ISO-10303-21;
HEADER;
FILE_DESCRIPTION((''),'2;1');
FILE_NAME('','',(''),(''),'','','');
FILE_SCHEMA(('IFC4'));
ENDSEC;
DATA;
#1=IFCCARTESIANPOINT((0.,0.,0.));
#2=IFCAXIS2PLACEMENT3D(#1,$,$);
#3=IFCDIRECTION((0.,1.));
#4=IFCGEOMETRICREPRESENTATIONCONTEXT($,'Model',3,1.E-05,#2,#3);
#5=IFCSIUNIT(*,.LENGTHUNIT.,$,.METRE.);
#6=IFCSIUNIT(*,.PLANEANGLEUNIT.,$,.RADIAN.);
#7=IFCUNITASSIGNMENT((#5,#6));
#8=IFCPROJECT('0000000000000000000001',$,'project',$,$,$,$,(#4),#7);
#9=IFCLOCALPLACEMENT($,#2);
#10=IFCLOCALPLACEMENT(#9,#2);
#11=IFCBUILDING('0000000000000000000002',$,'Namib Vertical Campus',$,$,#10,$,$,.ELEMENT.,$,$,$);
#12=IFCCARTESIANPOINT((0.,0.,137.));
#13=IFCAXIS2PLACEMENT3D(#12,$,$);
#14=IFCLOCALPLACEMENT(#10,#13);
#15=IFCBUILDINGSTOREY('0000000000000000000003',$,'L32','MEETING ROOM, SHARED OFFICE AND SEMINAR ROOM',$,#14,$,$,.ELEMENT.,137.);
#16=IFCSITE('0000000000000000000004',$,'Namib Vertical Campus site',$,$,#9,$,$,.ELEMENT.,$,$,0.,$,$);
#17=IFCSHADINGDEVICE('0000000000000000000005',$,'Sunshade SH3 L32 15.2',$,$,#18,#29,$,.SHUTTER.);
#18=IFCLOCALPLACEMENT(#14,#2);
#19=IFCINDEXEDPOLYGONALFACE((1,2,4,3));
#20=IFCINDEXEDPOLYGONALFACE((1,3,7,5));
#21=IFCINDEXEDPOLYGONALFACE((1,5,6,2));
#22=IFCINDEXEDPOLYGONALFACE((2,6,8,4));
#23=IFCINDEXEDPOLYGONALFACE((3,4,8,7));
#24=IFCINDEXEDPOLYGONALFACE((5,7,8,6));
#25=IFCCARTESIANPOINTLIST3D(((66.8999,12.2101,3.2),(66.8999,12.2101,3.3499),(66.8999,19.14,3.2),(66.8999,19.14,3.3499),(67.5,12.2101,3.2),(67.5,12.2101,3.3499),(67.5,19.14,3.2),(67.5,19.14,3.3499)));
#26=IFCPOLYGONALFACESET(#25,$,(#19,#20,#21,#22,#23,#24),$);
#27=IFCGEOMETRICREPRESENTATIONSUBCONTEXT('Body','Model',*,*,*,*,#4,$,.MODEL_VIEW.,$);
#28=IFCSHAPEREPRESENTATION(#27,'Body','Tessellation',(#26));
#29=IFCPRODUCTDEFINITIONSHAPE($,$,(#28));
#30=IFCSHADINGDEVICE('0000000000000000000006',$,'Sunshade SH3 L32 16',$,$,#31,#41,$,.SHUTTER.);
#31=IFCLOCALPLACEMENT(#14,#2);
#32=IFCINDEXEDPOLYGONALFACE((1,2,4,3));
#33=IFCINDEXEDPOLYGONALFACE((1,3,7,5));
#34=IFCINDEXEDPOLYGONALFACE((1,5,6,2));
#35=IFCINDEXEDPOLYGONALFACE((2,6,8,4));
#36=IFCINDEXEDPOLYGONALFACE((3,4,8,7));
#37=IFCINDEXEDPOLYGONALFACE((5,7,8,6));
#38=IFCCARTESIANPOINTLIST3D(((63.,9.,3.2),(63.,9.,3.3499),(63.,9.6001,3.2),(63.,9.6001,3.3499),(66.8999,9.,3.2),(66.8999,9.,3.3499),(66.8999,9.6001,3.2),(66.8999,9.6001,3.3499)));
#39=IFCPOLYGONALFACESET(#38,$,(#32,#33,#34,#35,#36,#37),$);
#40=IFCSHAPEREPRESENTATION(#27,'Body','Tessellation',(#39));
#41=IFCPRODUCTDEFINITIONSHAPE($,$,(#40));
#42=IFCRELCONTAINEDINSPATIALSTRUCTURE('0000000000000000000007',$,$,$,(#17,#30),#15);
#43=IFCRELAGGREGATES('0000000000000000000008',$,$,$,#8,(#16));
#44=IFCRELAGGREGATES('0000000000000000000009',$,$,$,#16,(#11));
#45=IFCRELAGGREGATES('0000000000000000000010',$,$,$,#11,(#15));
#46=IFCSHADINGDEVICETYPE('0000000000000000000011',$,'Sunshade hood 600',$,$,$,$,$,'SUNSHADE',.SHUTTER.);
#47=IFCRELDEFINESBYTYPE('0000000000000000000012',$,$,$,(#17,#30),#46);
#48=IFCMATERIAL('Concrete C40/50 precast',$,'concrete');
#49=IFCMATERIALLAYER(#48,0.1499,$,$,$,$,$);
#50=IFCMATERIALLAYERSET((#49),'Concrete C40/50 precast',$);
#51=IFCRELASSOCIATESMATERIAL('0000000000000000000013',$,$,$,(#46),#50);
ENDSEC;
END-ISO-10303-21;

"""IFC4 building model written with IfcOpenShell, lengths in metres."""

from ifc_helpers import new_model, si_unit, direction, frame, origin, origin_2d, place, context, subcontext, project, spatial, rectangle, extrude, material, layer, layer_set, type_object, element, save


model = new_model("IFC4")

# Units and contexts
model_context = context("Model", 3, precision=1e-05, world=origin(), true_north=direction((0.0, 1.0)))
body_context = subcontext(model_context, "Body", "Model", "MODEL_VIEW")
ifc_project = project(units=[si_unit("LENGTHUNIT", "METRE"), si_unit("PLANEANGLEUNIT", "RADIAN")], contexts=[model_context])

# Site, building, storey
site_placement = place(None, origin())
site = spatial("IfcSite", under=ifc_project, at=site_placement, Name="Namib Vertical Campus site", CompositionType="ELEMENT", RefElevation=0.0)
building_placement = place(site_placement, origin())
building = spatial("IfcBuilding", under=site, at=building_placement, Name="Namib Vertical Campus", CompositionType="ELEMENT")
storey_placement = place(building_placement, frame((0.0, 0.0, 137.0)))
storey = spatial("IfcBuildingStorey", under=building, at=storey_placement, Name="L32", Description="MEETING ROOM, SHARED OFFICE AND SEMINAR ROOM", CompositionType="ELEMENT", Elevation=137.0)

# Shading devices
ifc_material_1 = material(Name="Concrete C40/50 precast", Category="concrete")
ifc_layer_1 = layer(ifc_material_1, 0.1499)
ifc_layer_set_1 = layer_set([ifc_layer_1], Name="Concrete C40/50 precast")
shading_device_type = type_object("IfcShadingDeviceType", Name="Sunshade hood 600", ElementType="SUNSHADE", PredefinedType="SHUTTER", material=ifc_layer_set_1)
shading_device_1_placement = place(storey_placement, frame((67.2, 15.675, 3.2), z_axis=(0.0, 0.0, 1.0), x_axis=(0.0, -1.0, 0.0)))
element("IfcShadingDevice", 1, at=shading_device_1_placement, inside=storey, type_object=shading_device_type, Name="Sunshade SH3 L32 15.2", PredefinedType="SHUTTER", context=body_context, shape_type="SweptSolid", body=[
    extrude(rectangle(XDim=6.9299, YDim=0.6001, at=origin_2d()), origin(), (0.0, 0.0, 1.0), 0.1499),
])
shading_device_2_placement = place(storey_placement, frame((64.95, 9.3, 3.2), z_axis=(0.0, 0.0, 1.0), x_axis=(-1.0, 0.0, 0.0)))
element("IfcShadingDevice", 2, at=shading_device_2_placement, inside=storey, type_object=shading_device_type, Name="Sunshade SH3 L32 16", PredefinedType="SHUTTER", context=body_context, shape_type="SweptSolid", body=[
    extrude(rectangle(XDim=3.8999, YDim=0.6001, at=origin_2d()), origin(), (0.0, 0.0, 1.0), 0.1499),
])

save(model, "model.ifc")
